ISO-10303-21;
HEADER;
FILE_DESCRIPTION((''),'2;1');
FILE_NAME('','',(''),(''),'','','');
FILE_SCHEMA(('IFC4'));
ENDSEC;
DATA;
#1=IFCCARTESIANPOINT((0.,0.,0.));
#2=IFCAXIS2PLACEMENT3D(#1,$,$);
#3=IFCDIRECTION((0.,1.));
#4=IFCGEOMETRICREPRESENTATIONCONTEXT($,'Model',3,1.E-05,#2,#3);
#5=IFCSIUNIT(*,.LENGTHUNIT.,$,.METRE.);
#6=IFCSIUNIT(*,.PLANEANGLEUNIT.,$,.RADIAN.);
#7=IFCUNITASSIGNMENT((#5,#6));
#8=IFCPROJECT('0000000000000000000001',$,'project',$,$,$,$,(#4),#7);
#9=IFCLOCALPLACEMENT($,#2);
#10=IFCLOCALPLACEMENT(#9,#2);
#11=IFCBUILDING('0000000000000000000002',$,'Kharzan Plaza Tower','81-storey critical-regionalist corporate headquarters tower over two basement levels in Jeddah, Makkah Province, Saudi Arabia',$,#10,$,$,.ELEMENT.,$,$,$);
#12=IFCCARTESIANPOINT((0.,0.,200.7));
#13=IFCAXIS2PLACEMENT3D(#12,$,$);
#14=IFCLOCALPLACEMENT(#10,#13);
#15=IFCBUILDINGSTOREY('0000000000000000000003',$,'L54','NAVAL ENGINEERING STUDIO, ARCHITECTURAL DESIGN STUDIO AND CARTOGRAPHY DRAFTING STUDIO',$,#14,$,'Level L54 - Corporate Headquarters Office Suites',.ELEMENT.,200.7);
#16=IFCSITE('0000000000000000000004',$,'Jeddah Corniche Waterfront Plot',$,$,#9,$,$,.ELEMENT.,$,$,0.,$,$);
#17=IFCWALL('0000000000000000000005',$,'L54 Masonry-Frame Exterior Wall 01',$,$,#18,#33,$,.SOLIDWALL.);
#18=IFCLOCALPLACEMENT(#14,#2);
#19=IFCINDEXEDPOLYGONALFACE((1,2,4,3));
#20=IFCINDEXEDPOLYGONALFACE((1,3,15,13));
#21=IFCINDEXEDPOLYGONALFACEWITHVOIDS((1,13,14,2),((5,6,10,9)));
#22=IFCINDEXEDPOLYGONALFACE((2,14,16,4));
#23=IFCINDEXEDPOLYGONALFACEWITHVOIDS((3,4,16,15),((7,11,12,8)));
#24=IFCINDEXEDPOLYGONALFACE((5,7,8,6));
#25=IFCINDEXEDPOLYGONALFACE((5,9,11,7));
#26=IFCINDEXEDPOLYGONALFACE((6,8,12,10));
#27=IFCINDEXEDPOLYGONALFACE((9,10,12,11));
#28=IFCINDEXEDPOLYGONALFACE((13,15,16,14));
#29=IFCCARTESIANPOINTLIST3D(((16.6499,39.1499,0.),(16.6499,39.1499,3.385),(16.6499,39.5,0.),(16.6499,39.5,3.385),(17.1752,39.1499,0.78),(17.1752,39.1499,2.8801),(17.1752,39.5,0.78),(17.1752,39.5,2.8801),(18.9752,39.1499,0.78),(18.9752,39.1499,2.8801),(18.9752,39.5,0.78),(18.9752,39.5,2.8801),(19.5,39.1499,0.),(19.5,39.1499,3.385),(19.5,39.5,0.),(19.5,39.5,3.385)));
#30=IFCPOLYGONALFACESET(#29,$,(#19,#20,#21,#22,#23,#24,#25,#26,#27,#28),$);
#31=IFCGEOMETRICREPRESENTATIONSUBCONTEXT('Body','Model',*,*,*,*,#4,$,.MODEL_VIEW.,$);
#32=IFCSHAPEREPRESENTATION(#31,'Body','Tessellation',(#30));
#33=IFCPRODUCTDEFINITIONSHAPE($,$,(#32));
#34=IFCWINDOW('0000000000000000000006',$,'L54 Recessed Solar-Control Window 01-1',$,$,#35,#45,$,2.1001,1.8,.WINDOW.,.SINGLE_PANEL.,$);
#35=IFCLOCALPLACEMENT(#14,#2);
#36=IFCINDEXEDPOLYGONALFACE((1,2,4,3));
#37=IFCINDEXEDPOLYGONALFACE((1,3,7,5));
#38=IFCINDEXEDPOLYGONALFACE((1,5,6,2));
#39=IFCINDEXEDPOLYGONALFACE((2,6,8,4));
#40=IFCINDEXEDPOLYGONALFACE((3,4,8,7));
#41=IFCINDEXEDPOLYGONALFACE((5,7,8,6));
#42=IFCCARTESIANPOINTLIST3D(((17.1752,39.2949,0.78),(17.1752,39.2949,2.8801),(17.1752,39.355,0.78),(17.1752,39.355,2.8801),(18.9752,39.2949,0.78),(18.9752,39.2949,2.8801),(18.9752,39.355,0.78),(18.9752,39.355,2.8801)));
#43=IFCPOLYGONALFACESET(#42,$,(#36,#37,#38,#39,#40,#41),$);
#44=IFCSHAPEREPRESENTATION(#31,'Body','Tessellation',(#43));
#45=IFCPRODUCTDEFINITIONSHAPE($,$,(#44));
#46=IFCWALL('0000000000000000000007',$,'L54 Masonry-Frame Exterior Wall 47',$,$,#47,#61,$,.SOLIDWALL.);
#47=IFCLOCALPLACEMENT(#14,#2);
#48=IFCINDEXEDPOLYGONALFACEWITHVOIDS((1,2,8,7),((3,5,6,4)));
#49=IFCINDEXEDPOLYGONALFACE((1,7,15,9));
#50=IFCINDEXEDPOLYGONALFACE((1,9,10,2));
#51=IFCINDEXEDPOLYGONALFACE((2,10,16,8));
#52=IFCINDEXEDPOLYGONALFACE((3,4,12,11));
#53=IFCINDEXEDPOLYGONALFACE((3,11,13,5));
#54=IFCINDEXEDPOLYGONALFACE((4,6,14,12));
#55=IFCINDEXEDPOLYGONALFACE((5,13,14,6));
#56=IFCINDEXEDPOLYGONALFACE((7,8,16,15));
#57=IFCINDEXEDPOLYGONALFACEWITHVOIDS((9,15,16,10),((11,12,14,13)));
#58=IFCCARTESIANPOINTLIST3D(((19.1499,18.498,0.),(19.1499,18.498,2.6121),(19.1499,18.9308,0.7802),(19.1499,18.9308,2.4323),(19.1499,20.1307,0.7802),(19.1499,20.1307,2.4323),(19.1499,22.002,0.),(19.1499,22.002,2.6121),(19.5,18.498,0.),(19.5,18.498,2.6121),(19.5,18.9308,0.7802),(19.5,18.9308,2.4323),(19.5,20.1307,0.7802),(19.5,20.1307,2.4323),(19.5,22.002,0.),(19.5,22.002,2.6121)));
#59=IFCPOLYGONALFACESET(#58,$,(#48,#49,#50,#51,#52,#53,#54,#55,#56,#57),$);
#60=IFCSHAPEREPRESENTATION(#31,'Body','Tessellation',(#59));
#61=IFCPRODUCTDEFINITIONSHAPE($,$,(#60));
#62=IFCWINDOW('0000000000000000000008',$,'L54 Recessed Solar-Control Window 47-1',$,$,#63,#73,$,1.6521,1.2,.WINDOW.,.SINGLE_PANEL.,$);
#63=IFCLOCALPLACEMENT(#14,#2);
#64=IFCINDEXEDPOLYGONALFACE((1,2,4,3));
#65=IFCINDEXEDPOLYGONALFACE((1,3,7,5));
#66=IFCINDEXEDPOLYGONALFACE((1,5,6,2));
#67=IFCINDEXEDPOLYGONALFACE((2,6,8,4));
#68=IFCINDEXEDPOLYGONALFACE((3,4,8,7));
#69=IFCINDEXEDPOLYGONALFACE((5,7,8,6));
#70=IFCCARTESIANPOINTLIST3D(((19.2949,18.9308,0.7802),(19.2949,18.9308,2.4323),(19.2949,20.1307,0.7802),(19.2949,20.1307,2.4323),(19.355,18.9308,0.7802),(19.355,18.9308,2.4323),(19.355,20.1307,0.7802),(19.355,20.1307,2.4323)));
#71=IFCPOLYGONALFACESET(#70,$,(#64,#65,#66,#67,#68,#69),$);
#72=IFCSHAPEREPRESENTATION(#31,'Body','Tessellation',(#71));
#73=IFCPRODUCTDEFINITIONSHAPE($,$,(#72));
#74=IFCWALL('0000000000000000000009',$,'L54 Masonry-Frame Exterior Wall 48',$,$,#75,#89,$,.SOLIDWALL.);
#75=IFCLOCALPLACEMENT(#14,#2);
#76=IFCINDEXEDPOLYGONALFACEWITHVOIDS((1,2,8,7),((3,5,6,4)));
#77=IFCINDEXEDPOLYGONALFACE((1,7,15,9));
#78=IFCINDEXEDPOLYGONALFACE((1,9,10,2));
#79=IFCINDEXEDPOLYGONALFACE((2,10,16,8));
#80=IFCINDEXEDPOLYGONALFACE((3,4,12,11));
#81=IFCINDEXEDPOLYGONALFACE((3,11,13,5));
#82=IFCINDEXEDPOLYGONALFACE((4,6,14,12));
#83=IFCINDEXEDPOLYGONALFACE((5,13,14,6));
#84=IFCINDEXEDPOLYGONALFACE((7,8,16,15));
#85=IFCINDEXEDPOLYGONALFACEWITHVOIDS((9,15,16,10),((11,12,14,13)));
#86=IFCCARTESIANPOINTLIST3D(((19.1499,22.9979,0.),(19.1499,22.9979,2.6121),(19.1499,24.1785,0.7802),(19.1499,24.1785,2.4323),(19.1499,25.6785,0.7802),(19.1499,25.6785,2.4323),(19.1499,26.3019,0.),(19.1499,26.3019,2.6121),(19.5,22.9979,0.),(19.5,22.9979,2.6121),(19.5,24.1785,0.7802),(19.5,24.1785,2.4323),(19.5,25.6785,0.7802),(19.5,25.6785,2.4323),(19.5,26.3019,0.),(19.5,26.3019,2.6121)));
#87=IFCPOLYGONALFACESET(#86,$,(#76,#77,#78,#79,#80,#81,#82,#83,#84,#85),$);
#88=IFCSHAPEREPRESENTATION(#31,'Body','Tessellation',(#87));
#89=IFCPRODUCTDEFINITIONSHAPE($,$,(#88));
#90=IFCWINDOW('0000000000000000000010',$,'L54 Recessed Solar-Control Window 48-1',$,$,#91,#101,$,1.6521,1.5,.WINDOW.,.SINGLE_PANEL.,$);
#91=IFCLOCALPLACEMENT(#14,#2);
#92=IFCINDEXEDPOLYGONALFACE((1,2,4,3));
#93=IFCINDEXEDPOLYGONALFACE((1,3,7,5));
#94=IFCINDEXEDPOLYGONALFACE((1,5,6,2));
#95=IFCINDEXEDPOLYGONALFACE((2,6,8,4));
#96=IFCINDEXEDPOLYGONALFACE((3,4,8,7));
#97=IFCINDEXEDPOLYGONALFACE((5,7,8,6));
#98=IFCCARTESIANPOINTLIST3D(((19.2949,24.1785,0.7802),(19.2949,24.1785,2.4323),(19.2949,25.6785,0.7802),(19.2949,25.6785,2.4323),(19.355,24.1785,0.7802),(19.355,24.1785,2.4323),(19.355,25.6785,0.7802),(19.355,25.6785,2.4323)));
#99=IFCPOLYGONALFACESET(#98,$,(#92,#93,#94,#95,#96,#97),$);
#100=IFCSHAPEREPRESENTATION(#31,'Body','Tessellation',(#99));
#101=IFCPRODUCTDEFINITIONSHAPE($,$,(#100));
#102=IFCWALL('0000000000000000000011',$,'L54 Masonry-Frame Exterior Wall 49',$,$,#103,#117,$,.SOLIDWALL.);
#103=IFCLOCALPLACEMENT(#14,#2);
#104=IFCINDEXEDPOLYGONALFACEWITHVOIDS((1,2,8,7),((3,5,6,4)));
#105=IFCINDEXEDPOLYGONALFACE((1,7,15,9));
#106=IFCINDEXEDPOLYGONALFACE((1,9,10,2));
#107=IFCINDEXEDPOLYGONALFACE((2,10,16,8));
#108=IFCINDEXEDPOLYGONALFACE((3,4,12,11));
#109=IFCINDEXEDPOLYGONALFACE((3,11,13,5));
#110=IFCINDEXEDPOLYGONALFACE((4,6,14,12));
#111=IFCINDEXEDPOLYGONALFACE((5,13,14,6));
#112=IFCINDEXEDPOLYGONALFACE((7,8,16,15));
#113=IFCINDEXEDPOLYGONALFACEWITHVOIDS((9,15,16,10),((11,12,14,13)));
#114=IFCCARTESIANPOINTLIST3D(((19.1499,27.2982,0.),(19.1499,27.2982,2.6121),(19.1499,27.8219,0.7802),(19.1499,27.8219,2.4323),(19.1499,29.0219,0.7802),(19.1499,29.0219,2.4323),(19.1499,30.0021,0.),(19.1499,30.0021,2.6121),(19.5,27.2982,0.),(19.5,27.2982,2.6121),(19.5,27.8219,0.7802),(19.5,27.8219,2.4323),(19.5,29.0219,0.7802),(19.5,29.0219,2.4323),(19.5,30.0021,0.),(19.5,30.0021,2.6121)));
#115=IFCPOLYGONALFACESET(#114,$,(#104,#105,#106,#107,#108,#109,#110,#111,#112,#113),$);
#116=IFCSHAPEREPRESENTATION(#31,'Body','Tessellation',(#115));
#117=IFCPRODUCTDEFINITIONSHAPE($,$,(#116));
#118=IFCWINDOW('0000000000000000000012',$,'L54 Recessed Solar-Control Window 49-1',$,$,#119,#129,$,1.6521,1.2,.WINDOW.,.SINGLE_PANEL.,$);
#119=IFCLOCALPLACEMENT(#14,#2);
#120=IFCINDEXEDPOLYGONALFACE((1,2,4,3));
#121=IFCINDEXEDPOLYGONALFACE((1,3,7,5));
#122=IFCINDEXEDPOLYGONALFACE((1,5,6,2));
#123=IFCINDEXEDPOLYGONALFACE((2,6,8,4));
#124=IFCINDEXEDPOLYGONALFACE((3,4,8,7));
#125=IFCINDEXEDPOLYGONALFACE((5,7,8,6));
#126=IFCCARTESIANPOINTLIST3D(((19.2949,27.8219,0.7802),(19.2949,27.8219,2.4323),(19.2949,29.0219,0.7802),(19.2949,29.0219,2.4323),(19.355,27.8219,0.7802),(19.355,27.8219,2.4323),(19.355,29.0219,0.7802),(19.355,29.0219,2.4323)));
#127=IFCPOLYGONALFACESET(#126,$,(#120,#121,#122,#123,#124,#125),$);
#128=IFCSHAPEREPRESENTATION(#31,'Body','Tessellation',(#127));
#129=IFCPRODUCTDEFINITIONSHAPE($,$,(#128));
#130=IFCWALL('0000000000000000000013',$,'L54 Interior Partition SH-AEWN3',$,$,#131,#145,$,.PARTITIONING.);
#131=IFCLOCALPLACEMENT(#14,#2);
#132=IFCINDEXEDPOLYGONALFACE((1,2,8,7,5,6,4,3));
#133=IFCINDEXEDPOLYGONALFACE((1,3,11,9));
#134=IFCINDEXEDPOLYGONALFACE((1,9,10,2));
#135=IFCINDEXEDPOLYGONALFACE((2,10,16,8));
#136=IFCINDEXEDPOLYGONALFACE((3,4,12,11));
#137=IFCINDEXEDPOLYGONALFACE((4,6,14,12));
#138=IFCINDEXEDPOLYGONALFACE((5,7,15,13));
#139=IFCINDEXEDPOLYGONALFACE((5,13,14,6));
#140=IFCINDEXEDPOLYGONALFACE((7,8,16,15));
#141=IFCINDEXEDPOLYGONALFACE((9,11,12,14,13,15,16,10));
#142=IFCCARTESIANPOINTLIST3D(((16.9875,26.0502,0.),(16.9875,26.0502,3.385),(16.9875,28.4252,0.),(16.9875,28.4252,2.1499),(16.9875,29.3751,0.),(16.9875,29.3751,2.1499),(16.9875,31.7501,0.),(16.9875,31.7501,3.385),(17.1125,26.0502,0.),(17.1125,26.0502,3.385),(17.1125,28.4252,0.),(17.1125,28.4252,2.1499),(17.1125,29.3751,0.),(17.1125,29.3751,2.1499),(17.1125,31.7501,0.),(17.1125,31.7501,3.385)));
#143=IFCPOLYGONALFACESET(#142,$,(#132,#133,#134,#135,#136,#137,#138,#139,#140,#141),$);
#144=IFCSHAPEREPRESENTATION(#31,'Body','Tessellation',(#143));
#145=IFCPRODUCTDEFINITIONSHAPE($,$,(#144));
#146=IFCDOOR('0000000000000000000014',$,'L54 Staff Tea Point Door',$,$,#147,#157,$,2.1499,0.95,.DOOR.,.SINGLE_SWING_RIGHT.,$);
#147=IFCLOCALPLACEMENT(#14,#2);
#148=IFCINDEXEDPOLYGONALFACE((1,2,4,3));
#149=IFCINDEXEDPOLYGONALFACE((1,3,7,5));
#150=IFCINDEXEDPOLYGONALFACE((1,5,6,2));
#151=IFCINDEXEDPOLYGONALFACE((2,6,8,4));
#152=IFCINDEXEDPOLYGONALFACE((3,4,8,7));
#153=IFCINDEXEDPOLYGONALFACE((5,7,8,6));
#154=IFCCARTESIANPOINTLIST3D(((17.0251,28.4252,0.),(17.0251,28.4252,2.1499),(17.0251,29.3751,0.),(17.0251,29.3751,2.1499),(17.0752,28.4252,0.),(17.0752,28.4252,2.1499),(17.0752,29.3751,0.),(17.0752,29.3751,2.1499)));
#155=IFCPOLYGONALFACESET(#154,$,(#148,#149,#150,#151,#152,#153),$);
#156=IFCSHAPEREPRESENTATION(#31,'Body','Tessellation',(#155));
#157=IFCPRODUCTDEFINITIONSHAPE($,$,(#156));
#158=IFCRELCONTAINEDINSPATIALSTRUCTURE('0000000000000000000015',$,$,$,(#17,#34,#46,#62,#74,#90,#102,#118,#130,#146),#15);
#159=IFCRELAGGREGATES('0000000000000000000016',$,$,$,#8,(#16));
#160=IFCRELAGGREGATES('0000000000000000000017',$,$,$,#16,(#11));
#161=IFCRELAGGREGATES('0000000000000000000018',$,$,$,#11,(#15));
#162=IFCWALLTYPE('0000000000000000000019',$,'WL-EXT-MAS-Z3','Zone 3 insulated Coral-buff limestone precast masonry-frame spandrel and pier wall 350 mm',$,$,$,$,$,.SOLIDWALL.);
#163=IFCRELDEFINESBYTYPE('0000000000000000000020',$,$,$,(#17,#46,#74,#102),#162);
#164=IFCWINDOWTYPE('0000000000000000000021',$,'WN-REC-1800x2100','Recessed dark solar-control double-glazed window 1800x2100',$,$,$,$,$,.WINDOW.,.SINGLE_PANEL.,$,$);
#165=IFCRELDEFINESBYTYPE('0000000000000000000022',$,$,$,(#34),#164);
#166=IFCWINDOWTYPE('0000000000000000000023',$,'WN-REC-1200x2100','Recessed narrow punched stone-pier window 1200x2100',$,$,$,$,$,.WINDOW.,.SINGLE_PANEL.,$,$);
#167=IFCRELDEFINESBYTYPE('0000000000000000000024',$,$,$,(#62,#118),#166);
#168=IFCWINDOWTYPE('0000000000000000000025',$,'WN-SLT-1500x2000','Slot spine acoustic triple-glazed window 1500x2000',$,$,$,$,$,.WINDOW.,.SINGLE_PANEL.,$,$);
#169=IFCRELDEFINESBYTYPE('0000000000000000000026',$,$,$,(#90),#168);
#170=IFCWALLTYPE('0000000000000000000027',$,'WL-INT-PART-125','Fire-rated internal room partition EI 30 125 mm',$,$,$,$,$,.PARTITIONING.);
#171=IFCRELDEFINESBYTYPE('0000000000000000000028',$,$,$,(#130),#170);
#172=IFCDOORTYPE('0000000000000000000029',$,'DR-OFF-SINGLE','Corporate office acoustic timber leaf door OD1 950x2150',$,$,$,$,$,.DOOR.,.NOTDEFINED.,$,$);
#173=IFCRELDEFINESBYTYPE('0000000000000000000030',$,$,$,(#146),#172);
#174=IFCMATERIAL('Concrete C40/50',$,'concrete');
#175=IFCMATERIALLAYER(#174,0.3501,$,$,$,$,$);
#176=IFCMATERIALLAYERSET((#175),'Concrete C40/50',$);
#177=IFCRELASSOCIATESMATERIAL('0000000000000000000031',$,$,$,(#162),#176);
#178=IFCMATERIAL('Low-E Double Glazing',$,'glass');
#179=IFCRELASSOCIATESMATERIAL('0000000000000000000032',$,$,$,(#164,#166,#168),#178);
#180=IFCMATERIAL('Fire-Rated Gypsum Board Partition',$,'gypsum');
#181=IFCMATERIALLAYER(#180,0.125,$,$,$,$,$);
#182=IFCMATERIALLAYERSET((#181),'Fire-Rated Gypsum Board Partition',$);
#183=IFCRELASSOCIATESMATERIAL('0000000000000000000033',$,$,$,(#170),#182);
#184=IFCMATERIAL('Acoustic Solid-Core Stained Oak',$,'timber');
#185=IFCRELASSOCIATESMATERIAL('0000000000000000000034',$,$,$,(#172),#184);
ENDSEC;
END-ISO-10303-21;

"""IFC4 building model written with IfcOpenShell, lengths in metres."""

from ifc_helpers import new_model, si_unit, direction, frame, frame_2d, origin, place, context, subcontext, project, spatial, rectangle, extrude, source, transform, mapped, material, layer, layer_set, type_object, element, fill, save


model = new_model("IFC4")

# Units and contexts
model_context = context("Model", 3, precision=1e-05, world=origin(), true_north=direction((0.0, 1.0)))
body_context = subcontext(model_context, "Body", "Model", "MODEL_VIEW")
ifc_project = project(units=[si_unit("LENGTHUNIT", "METRE"), si_unit("PLANEANGLEUNIT", "RADIAN")], contexts=[model_context])

# Site, building, storey
site_placement = place(None, origin())
site = spatial("IfcSite", under=ifc_project, at=site_placement, Name="Jeddah Corniche Waterfront Plot", CompositionType="ELEMENT", RefElevation=0.0)
building_placement = place(site_placement, origin())
building = spatial("IfcBuilding", under=site, at=building_placement, Name="Kharzan Plaza Tower", Description="81-storey critical-regionalist corporate headquarters tower over two basement levels in Jeddah, Makkah Province, Saudi Arabia", CompositionType="ELEMENT")
storey_placement = place(building_placement, frame((0.0, 0.0, 200.7)))
storey = spatial("IfcBuildingStorey", under=building, at=storey_placement, Name="L54", Description="NAVAL ENGINEERING STUDIO, ARCHITECTURAL DESIGN STUDIO AND CARTOGRAPHY DRAFTING STUDIO", LongName="Level L54 - Corporate Headquarters Office Suites", CompositionType="ELEMENT", Elevation=200.7)

# Walls, openings, windows
ifc_material_1 = material(Name="Concrete C40/50", Category="concrete")
ifc_layer_1 = layer(ifc_material_1, 0.3501)
ifc_layer_set_1 = layer_set([ifc_layer_1], Name="Concrete C40/50")
wall_type_1 = type_object("IfcWallType", Name="WL-EXT-MAS-Z3", Description="Zone 3 insulated Coral-buff limestone precast masonry-frame spandrel and pier wall 350 mm", PredefinedType="SOLIDWALL", material=ifc_layer_set_1)
wall_1_placement = place(storey_placement, frame((19.5, 39.325, 0.0), z_axis=(0.0, 0.0, 1.0), x_axis=(-1.0, 0.0, 0.0)))
wall_1 = element("IfcWall", 1, at=wall_1_placement, inside=storey, type_object=wall_type_1, Name="L54 Masonry-Frame Exterior Wall 01", PredefinedType="SOLIDWALL", context=body_context, shape_type="SweptSolid", body=[
    extrude(rectangle(XDim=2.8501, YDim=0.3501, at=frame_2d((1.425, 0.0))), origin(), (0.0, 0.0, 1.0), 3.385),
])
opening_1_placement = place(wall_1_placement, frame((0.5249, 0.0, 0.78)))
opening_1 = element("IfcOpeningElement", 2, at=opening_1_placement, cuts=wall_1, PredefinedType="OPENING", context=body_context, shape_type="SweptSolid", body=[
    extrude(rectangle(XDim=1.8, YDim=2.1001, at=frame_2d((0.8999, 1.05))), frame((0.0, 0.1851, 0.0), z_axis=(0.0, -1.0, 0.0), x_axis=(1.0, 0.0, 0.0)), (0.0, 0.0, 1.0), 0.3701),
])
ifc_material_2 = material(Name="Low-E Double Glazing", Category="glass")
window_type_1 = type_object("IfcWindowType", Name="WN-REC-1800x2100", Description="Recessed dark solar-control double-glazed window 1800x2100", PartitioningType="SINGLE_PANEL", PredefinedType="WINDOW", material=ifc_material_2)
shared_shape_1 = source(origin(), body_context, "Body", "SweptSolid", [
    extrude(rectangle(XDim=1.8, YDim=2.1001, at=frame_2d((0.8999, 1.05))), frame((0.0, 0.03, 0.0), z_axis=(0.0, -1.0, 0.0), x_axis=(1.0, 0.0, 0.0)), (0.0, 0.0, 1.0), 0.0601),
])
window_1_placement = place(opening_1_placement, origin())
window_1 = element("IfcWindow", 3, at=window_1_placement, inside=storey, type_object=window_type_1, Name="L54 Recessed Solar-Control Window 01-1", OverallHeight=2.1001, OverallWidth=1.8, PartitioningType="SINGLE_PANEL", PredefinedType="WINDOW", context=body_context, shape_type="MappedRepresentation", body=[
    mapped(shared_shape_1, transform((0.0, 0.0, 0.0), x_axis=(1.0, 0.0, 0.0), y_axis=(0.0, 1.0, 0.0), z_axis=(0.0, 0.0, 1.0))),
])
fill(opening_1, window_1)
wall_2_placement = place(storey_placement, frame((19.325, 18.498, 0.0), z_axis=(0.0, 0.0, 1.0), x_axis=(0.0, 1.0, 0.0)))
wall_2 = element("IfcWall", 4, at=wall_2_placement, inside=storey, type_object=wall_type_1, Name="L54 Masonry-Frame Exterior Wall 47", PredefinedType="SOLIDWALL", context=body_context, shape_type="SweptSolid", body=[
    extrude(rectangle(XDim=3.5039, YDim=0.3501, at=frame_2d((1.752, 0.0))), origin(), (0.0, 0.0, 1.0), 2.6121),
])
opening_2_placement = place(wall_2_placement, frame((0.4326, 0.0, 0.78)))
opening_2 = element("IfcOpeningElement", 5, at=opening_2_placement, cuts=wall_2, PredefinedType="OPENING", context=body_context, shape_type="SweptSolid", body=[
    extrude(rectangle(XDim=1.2, YDim=1.6521, at=frame_2d((0.6001, 0.8262))), frame((0.0, 0.1851, 0.0), z_axis=(0.0, -1.0, 0.0), x_axis=(1.0, 0.0, 0.0)), (0.0, 0.0, 1.0), 0.3701),
])
window_type_2 = type_object("IfcWindowType", Name="WN-REC-1200x2100", Description="Recessed narrow punched stone-pier window 1200x2100", PartitioningType="SINGLE_PANEL", PredefinedType="WINDOW", material=ifc_material_2)
shared_shape_2 = source(origin(), body_context, "Body", "SweptSolid", [
    extrude(rectangle(XDim=1.2, YDim=1.6521, at=frame_2d((0.6001, 0.8262))), frame((0.0, 0.03, 0.0), z_axis=(0.0, -1.0, 0.0), x_axis=(1.0, 0.0, 0.0)), (0.0, 0.0, 1.0), 0.0601),
])
window_2_placement = place(opening_2_placement, origin())
window_2 = element("IfcWindow", 6, at=window_2_placement, inside=storey, type_object=window_type_2, Name="L54 Recessed Solar-Control Window 47-1", OverallHeight=1.6521, OverallWidth=1.2, PartitioningType="SINGLE_PANEL", PredefinedType="WINDOW", context=body_context, shape_type="MappedRepresentation", body=[
    mapped(shared_shape_2, transform((0.0, 0.0, 0.0), x_axis=(1.0, 0.0, 0.0), y_axis=(0.0, 1.0, 0.0), z_axis=(0.0, 0.0, 1.0))),
])
fill(opening_2, window_2)
wall_3_placement = place(storey_placement, frame((19.325, 22.998, 0.0), z_axis=(0.0, 0.0, 1.0), x_axis=(0.0, 1.0, 0.0)))
wall_3 = element("IfcWall", 7, at=wall_3_placement, inside=storey, type_object=wall_type_1, Name="L54 Masonry-Frame Exterior Wall 48", PredefinedType="SOLIDWALL", context=body_context, shape_type="SweptSolid", body=[
    extrude(rectangle(XDim=3.304, YDim=0.3501, at=frame_2d((1.6519, 0.0))), origin(), (0.0, 0.0, 1.0), 2.6121),
])
opening_3_placement = place(wall_3_placement, frame((1.1804, 0.0, 0.78)))
opening_3 = element("IfcOpeningElement", 8, at=opening_3_placement, cuts=wall_3, PredefinedType="OPENING", context=body_context, shape_type="SweptSolid", body=[
    extrude(rectangle(XDim=1.5, YDim=1.6521, at=frame_2d((0.75, 0.8262))), frame((0.0, 0.1851, 0.0), z_axis=(0.0, -1.0, 0.0), x_axis=(1.0, 0.0, 0.0)), (0.0, 0.0, 1.0), 0.3701),
])
window_type_3 = type_object("IfcWindowType", Name="WN-SLT-1500x2000", Description="Slot spine acoustic triple-glazed window 1500x2000", PartitioningType="SINGLE_PANEL", PredefinedType="WINDOW", material=ifc_material_2)
shared_shape_3 = source(origin(), body_context, "Body", "SweptSolid", [
    extrude(rectangle(XDim=1.5, YDim=1.6521, at=frame_2d((0.75, 0.8262))), frame((0.0, 0.03, 0.0), z_axis=(0.0, -1.0, 0.0), x_axis=(1.0, 0.0, 0.0)), (0.0, 0.0, 1.0), 0.0601),
])
window_3_placement = place(opening_3_placement, origin())
window_3 = element("IfcWindow", 9, at=window_3_placement, inside=storey, type_object=window_type_3, Name="L54 Recessed Solar-Control Window 48-1", OverallHeight=1.6521, OverallWidth=1.5, PartitioningType="SINGLE_PANEL", PredefinedType="WINDOW", context=body_context, shape_type="MappedRepresentation", body=[
    mapped(shared_shape_3, transform((0.0, 0.0, 0.0), x_axis=(1.0, 0.0, 0.0), y_axis=(0.0, 1.0, 0.0), z_axis=(0.0, 0.0, 1.0))),
])
fill(opening_3, window_3)
wall_4_placement = place(storey_placement, frame((19.325, 27.2981, 0.0), z_axis=(0.0, 0.0, 1.0), x_axis=(0.0, 1.0, 0.0)))
wall_4 = element("IfcWall", 10, at=wall_4_placement, inside=storey, type_object=wall_type_1, Name="L54 Masonry-Frame Exterior Wall 49", PredefinedType="SOLIDWALL", context=body_context, shape_type="SweptSolid", body=[
    extrude(rectangle(XDim=2.7039, YDim=0.3501, at=frame_2d((1.3521, 0.0))), origin(), (0.0, 0.0, 1.0), 2.6121),
])
opening_4_placement = place(wall_4_placement, frame((0.5237, 0.0, 0.78)))
opening_4 = element("IfcOpeningElement", 11, at=opening_4_placement, cuts=wall_4, PredefinedType="OPENING", context=body_context, shape_type="SweptSolid", body=[
    extrude(rectangle(XDim=1.2, YDim=1.6521, at=frame_2d((0.6001, 0.8262))), frame((0.0, 0.1851, 0.0), z_axis=(0.0, -1.0, 0.0), x_axis=(1.0, 0.0, 0.0)), (0.0, 0.0, 1.0), 0.3701),
])
window_4_placement = place(opening_4_placement, origin())
window_4 = element("IfcWindow", 12, at=window_4_placement, inside=storey, type_object=window_type_2, Name="L54 Recessed Solar-Control Window 49-1", OverallHeight=1.6521, OverallWidth=1.2, PartitioningType="SINGLE_PANEL", PredefinedType="WINDOW", context=body_context, shape_type="MappedRepresentation", body=[
    mapped(shared_shape_2, transform((0.0, 0.0, 0.0), x_axis=(1.0, 0.0, 0.0), y_axis=(0.0, 1.0, 0.0), z_axis=(0.0, 0.0, 1.0))),
])
fill(opening_4, window_4)

# Wall, opening, door
ifc_material_3 = material(Name="Fire-Rated Gypsum Board Partition", Category="gypsum")
ifc_layer_2 = layer(ifc_material_3, 0.125)
ifc_layer_set_2 = layer_set([ifc_layer_2], Name="Fire-Rated Gypsum Board Partition")
wall_type_2 = type_object("IfcWallType", Name="WL-INT-PART-125", Description="Fire-rated internal room partition EI 30 125 mm", PredefinedType="PARTITIONING", material=ifc_layer_set_2)
wall_5_placement = place(storey_placement, frame((17.05, 26.05, 0.0), z_axis=(0.0, 0.0, 1.0), x_axis=(0.0, 1.0, 0.0)))
wall_5 = element("IfcWall", 13, at=wall_5_placement, inside=storey, type_object=wall_type_2, Name="L54 Interior Partition SH-AEWN3", PredefinedType="PARTITIONING", context=body_context, shape_type="SweptSolid", body=[
    extrude(rectangle(XDim=5.7, YDim=0.125, at=frame_2d((2.8501, 0.0))), origin(), (0.0, 0.0, 1.0), 3.385),
])
opening_5_placement = place(wall_5_placement, frame((2.375, 0.0, 0.0)))
opening_5 = element("IfcOpeningElement", 14, at=opening_5_placement, cuts=wall_5, PredefinedType="OPENING", context=body_context, shape_type="SweptSolid", body=[
    extrude(rectangle(XDim=0.95, YDim=2.1499, at=frame_2d((0.4751, 1.075))), frame((0.0, 0.0725, 0.0), z_axis=(0.0, -1.0, 0.0), x_axis=(1.0, 0.0, 0.0)), (0.0, 0.0, 1.0), 0.145),
])
ifc_material_4 = material(Name="Acoustic Solid-Core Stained Oak", Category="timber")
door_type_1 = type_object("IfcDoorType", Name="DR-OFF-SINGLE", Description="Corporate office acoustic timber leaf door OD1 950x2150", OperationType="NOTDEFINED", PredefinedType="DOOR", material=ifc_material_4)
shared_shape_4 = source(origin(), body_context, "Body", "SweptSolid", [
    extrude(rectangle(XDim=0.95, YDim=2.1499, at=frame_2d((0.4751, 1.075))), frame((0.0, 0.0249, 0.0), z_axis=(0.0, -1.0, 0.0), x_axis=(1.0, 0.0, 0.0)), (0.0, 0.0, 1.0), 0.05),
])
door_1_placement = place(opening_5_placement, origin())
door_1 = element("IfcDoor", 15, at=door_1_placement, inside=storey, type_object=door_type_1, Name="L54 Staff Tea Point Door", OperationType="SINGLE_SWING_RIGHT", OverallHeight=2.1499, OverallWidth=0.95, PredefinedType="DOOR", context=body_context, shape_type="MappedRepresentation", body=[
    mapped(shared_shape_4, transform((0.0, 0.0, 0.0), x_axis=(1.0, 0.0, 0.0), y_axis=(0.0, 1.0, 0.0), z_axis=(0.0, 0.0, 1.0))),
])
fill(opening_5, door_1)

save(model, "model.ifc")
